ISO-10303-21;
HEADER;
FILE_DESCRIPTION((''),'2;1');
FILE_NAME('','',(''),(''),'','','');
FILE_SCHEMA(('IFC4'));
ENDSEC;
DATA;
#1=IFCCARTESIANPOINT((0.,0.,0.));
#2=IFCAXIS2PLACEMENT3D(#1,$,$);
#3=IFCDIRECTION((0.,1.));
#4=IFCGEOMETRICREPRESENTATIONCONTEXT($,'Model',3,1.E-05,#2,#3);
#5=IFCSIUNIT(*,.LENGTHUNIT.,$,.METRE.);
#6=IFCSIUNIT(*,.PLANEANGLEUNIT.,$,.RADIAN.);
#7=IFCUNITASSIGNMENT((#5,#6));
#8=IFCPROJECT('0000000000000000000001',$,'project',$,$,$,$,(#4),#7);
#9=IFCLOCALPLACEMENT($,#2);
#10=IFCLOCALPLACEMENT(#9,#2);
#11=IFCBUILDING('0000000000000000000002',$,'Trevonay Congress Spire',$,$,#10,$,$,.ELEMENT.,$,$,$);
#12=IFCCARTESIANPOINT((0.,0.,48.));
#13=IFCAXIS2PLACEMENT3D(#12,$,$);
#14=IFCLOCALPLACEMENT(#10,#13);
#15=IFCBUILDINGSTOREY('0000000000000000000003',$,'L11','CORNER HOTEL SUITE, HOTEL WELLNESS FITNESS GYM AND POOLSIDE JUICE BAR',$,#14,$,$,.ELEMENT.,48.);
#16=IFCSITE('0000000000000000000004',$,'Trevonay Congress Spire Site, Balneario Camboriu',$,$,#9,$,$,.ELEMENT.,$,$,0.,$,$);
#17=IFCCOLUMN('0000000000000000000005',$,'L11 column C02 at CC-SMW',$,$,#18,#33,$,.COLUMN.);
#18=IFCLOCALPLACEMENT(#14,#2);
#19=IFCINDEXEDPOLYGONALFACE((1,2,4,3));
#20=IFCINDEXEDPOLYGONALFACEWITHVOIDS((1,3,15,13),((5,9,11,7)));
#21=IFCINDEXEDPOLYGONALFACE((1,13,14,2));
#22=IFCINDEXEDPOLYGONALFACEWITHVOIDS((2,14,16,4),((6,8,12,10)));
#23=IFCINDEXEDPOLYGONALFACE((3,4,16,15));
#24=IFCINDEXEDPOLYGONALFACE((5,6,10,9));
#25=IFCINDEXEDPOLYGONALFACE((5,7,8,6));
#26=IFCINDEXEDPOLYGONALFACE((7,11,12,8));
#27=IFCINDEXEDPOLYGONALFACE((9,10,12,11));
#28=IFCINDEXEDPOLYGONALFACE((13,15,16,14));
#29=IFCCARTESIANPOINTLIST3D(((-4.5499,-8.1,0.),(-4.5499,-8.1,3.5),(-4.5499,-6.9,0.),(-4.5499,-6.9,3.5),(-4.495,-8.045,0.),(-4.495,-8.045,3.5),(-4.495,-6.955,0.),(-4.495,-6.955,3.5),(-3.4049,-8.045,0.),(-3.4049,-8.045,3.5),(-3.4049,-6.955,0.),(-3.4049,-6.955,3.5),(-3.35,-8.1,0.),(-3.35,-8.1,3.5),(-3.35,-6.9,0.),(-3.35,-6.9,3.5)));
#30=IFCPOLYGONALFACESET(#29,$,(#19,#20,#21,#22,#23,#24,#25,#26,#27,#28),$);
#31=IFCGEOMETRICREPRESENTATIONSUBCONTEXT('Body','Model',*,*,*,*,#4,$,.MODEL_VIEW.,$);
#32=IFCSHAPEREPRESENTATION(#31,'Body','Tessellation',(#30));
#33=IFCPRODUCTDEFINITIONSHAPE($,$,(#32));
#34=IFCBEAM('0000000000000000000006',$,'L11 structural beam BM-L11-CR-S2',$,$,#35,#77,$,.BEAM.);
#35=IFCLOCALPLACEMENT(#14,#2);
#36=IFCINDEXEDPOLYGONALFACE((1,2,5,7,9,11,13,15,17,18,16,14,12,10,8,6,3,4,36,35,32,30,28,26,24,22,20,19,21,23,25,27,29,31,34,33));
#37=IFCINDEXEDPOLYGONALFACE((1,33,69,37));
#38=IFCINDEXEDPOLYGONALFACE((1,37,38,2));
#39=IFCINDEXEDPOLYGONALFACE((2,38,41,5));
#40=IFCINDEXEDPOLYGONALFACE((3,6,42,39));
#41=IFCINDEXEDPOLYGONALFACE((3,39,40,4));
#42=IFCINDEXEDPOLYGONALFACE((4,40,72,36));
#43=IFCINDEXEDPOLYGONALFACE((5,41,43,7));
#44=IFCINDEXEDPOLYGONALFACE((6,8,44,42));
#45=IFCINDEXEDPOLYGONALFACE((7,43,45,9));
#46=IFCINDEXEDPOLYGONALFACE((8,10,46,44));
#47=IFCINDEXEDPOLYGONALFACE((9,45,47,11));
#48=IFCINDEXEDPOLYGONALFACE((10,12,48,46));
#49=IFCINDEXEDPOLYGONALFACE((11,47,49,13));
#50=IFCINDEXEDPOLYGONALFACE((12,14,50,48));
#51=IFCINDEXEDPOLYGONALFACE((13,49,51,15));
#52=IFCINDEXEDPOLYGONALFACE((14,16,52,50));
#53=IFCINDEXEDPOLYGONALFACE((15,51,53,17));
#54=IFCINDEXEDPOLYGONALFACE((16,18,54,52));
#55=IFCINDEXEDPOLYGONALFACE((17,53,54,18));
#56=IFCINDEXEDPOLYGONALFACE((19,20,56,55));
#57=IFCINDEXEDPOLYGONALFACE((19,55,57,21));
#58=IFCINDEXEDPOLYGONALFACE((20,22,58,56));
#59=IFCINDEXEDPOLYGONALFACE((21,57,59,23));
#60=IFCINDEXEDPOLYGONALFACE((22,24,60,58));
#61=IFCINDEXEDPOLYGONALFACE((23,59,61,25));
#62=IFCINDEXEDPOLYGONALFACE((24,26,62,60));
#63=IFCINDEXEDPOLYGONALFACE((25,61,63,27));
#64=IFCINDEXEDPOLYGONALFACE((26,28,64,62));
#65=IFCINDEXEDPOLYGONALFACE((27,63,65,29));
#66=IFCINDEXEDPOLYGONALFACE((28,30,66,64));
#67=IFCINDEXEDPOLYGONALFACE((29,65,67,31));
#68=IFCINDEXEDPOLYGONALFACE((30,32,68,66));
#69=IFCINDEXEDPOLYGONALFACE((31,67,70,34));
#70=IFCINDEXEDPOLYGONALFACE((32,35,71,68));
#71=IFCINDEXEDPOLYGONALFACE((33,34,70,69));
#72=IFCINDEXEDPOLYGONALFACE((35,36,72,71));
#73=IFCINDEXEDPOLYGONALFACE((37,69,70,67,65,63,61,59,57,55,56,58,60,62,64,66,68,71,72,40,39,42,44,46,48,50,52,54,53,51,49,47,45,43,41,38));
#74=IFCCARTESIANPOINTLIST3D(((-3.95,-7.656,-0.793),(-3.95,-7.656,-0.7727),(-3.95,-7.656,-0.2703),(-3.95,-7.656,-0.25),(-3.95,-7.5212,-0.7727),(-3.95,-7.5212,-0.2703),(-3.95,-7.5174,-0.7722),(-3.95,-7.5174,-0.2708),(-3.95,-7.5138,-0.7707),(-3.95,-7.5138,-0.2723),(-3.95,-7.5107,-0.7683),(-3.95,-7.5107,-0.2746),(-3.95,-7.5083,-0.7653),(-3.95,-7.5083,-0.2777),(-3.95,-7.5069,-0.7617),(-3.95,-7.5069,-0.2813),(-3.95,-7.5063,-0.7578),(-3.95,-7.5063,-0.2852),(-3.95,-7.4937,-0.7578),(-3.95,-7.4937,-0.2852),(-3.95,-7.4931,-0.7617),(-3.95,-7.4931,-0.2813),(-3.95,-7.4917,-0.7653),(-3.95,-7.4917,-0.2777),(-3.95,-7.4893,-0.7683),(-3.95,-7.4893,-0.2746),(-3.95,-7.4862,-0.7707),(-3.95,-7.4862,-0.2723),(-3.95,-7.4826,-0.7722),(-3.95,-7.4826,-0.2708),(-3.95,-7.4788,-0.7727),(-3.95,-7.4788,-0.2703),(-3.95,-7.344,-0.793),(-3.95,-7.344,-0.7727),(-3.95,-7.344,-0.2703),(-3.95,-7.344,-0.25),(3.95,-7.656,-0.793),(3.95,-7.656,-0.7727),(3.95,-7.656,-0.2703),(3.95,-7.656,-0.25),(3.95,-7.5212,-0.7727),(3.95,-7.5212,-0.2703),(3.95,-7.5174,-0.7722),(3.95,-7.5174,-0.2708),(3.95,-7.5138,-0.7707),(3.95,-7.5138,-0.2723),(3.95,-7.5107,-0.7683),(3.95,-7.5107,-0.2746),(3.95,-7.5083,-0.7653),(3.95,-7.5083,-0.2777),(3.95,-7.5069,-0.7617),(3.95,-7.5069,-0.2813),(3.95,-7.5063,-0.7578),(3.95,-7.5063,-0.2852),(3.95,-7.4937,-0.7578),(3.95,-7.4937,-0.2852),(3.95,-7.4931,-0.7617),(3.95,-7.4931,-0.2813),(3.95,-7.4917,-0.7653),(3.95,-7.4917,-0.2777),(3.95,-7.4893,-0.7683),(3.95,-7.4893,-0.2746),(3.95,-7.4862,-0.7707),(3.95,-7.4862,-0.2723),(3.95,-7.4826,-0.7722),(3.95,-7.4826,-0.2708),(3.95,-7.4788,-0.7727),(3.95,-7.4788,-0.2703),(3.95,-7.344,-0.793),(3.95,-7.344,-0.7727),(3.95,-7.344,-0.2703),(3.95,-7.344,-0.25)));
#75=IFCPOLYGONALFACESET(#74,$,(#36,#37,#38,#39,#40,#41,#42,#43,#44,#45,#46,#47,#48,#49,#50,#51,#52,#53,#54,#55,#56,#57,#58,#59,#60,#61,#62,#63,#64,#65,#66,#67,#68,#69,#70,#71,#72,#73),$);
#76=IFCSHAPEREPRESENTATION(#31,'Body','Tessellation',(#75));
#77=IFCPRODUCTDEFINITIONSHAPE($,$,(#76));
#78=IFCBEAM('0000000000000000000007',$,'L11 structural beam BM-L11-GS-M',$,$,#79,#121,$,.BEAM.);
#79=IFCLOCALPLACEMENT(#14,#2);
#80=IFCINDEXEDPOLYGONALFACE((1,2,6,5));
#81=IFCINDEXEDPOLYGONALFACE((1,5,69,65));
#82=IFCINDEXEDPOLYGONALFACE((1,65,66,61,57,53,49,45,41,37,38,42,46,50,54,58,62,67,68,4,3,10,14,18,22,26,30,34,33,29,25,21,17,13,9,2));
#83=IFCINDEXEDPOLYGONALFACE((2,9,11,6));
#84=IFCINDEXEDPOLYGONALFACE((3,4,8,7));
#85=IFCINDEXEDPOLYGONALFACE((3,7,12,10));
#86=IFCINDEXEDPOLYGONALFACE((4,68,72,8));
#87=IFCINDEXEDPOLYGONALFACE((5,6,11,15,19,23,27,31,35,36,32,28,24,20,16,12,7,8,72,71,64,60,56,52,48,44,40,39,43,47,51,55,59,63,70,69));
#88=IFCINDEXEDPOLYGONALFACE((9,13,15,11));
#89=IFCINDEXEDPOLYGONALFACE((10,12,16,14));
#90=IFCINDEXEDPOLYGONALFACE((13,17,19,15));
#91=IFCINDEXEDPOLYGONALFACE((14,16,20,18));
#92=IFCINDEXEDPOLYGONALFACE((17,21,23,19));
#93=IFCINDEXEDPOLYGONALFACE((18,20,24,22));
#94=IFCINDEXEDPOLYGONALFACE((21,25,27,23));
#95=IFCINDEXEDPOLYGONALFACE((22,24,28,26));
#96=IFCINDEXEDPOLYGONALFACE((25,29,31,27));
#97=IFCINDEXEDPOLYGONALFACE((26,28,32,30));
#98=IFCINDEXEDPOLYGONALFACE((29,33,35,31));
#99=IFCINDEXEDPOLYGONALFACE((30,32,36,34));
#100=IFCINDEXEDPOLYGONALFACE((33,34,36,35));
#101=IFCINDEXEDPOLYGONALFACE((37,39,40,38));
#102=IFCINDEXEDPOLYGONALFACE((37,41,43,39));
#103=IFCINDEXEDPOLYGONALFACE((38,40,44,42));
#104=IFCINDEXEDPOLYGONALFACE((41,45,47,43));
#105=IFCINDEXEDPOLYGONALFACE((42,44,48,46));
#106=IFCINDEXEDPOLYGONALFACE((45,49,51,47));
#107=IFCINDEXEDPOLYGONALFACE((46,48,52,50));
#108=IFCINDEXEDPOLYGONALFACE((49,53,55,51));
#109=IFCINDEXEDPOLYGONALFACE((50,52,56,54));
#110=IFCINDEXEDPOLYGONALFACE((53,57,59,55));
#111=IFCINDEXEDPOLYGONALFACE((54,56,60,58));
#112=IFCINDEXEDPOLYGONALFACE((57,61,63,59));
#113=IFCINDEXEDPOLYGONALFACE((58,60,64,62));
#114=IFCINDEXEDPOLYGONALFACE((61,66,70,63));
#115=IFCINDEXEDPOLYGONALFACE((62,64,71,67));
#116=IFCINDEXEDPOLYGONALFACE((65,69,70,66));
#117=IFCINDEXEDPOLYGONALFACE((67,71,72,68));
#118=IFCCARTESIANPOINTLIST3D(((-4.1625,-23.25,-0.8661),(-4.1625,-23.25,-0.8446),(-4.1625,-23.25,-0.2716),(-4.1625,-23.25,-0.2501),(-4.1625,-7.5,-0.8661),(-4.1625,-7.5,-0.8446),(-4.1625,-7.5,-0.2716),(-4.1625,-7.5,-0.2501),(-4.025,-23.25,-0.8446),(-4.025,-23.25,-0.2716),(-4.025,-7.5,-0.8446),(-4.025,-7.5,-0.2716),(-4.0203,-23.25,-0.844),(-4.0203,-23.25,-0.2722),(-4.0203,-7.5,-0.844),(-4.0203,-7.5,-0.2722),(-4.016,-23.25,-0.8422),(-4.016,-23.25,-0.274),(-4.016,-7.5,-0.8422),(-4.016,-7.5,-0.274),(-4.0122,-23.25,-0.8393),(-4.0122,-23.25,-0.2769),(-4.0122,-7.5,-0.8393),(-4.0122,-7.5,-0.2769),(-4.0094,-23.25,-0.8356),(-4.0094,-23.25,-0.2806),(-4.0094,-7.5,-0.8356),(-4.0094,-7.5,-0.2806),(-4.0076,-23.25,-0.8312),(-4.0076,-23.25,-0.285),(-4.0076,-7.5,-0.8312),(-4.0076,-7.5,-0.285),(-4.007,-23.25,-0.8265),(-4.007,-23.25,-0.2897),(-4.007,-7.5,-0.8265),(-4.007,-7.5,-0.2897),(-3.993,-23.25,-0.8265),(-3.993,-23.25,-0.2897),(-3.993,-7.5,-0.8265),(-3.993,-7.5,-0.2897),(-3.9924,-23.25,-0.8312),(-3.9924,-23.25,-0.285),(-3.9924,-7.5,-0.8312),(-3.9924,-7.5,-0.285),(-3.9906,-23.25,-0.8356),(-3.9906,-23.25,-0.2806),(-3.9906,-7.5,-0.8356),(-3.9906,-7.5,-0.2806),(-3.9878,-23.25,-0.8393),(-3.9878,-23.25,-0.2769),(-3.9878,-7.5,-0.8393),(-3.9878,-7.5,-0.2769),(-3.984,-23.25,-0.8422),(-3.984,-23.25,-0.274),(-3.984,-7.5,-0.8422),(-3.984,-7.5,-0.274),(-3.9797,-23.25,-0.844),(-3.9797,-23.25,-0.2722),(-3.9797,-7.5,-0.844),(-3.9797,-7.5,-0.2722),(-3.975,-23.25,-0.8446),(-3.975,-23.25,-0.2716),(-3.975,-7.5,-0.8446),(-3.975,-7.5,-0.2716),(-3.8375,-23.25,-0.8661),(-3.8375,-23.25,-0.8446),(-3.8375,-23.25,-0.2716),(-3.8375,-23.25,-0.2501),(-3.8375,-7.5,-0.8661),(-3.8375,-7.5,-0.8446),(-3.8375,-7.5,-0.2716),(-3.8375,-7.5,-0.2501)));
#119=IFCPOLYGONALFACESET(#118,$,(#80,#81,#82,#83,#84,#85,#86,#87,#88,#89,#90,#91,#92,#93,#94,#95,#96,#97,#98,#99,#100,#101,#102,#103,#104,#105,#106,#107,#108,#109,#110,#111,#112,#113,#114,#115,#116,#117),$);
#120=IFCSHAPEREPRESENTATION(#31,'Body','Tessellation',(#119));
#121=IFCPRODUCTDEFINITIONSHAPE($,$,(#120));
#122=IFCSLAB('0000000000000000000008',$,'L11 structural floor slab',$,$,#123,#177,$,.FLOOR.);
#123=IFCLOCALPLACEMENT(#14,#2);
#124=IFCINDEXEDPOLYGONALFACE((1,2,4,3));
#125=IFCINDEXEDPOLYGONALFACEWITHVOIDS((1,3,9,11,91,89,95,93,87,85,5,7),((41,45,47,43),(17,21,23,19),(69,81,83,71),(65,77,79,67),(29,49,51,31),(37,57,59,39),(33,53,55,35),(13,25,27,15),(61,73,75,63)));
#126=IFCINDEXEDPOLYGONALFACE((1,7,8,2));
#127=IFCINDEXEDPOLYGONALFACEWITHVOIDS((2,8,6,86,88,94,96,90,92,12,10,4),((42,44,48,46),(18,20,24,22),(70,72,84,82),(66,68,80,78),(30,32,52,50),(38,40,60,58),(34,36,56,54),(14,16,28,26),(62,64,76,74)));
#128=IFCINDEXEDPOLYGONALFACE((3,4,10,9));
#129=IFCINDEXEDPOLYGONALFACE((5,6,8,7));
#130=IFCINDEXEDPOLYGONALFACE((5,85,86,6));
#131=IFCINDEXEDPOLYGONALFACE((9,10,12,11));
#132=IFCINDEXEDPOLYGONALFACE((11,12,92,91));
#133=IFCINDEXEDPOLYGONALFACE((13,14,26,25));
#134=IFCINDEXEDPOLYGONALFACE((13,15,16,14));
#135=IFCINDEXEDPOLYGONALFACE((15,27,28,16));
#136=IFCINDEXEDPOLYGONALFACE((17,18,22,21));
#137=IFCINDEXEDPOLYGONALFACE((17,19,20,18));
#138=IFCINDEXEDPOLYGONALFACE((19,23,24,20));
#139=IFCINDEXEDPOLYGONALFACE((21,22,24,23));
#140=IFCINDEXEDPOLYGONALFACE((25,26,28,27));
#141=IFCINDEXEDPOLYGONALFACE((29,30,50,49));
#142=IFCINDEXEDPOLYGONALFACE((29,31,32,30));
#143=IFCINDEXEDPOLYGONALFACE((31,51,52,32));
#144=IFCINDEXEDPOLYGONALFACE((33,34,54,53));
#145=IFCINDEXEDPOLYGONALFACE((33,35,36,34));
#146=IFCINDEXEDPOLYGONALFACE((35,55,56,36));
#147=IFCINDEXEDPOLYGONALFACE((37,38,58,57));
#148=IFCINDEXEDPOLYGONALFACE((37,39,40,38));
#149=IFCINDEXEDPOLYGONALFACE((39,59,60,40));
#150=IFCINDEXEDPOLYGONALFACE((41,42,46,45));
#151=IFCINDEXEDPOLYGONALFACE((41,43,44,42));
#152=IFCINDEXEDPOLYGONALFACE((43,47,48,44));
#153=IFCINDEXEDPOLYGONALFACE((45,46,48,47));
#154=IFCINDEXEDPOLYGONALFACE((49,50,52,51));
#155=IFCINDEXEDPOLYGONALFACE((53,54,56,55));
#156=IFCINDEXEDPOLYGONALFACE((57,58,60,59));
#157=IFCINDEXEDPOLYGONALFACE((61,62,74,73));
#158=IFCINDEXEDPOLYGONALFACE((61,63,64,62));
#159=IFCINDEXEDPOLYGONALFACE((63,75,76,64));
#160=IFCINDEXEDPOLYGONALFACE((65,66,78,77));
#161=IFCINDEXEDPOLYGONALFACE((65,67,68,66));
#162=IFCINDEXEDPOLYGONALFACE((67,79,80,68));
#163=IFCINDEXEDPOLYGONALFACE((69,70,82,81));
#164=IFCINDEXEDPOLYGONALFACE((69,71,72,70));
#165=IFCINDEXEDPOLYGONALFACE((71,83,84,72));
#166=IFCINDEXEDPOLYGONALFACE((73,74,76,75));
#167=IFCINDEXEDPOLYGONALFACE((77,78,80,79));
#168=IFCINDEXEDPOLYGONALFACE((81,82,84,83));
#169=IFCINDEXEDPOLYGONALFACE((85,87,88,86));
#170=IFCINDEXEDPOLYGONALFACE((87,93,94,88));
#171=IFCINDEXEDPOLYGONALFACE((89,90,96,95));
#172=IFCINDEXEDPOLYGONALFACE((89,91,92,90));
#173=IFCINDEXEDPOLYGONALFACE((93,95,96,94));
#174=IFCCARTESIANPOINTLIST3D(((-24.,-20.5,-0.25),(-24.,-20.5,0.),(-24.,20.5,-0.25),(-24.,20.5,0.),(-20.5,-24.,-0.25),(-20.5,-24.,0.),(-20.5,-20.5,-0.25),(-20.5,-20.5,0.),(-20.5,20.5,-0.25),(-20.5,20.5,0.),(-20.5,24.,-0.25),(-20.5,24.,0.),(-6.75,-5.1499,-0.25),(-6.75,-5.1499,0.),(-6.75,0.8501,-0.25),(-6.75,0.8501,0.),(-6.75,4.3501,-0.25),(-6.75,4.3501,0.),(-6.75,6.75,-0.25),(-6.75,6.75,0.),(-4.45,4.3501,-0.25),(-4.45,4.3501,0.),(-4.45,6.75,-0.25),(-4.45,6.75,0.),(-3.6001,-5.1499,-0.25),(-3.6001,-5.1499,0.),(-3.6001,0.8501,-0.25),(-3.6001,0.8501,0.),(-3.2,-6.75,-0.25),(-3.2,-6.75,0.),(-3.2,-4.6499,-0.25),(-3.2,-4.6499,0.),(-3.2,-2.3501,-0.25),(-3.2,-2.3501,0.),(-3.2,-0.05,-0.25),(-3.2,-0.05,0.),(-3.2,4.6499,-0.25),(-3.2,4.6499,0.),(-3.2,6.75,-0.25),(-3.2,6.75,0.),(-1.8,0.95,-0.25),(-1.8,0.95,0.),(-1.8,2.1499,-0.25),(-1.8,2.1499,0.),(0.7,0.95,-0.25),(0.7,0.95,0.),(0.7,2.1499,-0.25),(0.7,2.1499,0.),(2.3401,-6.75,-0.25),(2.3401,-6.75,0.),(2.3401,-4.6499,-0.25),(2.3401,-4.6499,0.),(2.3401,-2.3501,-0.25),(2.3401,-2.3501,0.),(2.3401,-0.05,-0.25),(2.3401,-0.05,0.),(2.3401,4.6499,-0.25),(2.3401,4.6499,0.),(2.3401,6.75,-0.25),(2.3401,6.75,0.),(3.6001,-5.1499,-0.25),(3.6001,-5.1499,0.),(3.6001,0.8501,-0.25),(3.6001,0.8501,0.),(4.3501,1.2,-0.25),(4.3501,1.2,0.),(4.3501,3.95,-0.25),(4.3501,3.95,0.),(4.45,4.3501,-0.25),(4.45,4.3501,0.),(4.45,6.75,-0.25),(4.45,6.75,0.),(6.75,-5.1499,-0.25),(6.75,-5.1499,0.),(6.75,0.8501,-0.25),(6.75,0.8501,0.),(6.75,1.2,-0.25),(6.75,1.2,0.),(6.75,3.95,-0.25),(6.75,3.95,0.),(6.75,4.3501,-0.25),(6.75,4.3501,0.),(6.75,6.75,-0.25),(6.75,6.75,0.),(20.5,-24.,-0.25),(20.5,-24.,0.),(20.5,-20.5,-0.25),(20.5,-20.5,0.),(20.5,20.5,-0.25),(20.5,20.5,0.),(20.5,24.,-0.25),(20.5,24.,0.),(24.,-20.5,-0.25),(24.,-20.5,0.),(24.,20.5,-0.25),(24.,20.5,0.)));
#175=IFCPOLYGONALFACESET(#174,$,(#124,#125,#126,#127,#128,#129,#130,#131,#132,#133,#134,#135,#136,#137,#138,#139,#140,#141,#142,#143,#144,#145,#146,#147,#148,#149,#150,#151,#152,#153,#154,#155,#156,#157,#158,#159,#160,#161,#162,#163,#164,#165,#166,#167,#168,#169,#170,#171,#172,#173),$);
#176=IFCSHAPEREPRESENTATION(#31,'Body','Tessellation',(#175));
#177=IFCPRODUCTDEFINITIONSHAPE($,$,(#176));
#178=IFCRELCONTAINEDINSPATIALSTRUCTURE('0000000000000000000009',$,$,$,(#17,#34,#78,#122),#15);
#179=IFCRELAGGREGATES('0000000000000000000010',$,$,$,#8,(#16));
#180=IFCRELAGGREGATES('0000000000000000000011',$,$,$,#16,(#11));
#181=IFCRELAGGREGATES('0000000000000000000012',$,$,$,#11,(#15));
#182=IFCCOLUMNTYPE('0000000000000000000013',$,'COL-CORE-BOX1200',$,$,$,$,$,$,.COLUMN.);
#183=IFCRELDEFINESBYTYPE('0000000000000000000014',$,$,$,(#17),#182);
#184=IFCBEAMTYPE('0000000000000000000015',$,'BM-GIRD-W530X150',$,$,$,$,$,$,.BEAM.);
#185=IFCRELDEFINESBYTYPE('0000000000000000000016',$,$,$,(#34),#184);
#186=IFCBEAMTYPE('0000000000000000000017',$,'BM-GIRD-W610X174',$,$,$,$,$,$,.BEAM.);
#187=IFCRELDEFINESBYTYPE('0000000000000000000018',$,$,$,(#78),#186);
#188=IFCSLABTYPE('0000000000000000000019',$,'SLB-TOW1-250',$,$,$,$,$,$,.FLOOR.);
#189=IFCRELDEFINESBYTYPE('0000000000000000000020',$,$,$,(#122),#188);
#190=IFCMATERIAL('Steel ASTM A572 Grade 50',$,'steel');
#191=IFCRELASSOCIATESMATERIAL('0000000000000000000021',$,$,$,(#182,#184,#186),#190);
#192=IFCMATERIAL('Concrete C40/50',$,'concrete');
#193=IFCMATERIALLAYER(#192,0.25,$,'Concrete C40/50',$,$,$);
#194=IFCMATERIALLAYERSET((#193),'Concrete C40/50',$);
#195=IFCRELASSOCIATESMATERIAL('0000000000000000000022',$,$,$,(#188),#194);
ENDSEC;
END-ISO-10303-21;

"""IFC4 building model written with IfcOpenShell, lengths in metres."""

from ifc_helpers import new_model, si_unit, direction, frame, origin, origin_2d, place, context, subcontext, project, spatial, polyline, hollow_rectangle, i_section, outline, extrude, material, layer, layer_set, material_profile, profile_set, type_object, element, save


model = new_model("IFC4")

# Units and contexts
model_context = context("Model", 3, precision=1e-05, world=origin(), true_north=direction((0.0, 1.0)))
body_context = subcontext(model_context, "Body", "Model", "MODEL_VIEW")
ifc_project = project(units=[si_unit("LENGTHUNIT", "METRE"), si_unit("PLANEANGLEUNIT", "RADIAN")], contexts=[model_context])

# Site, building, storey
site_placement = place(None, origin())
site = spatial("IfcSite", under=ifc_project, at=site_placement, Name="Trevonay Congress Spire Site, Balneario Camboriu", CompositionType="ELEMENT", RefElevation=0.0)
building_placement = place(site_placement, origin())
building = spatial("IfcBuilding", under=site, at=building_placement, Name="Trevonay Congress Spire", CompositionType="ELEMENT")
storey_placement = place(building_placement, frame((0.0, 0.0, 48.0)))
storey = spatial("IfcBuildingStorey", under=building, at=storey_placement, Name="L11", Description="CORNER HOTEL SUITE, HOTEL WELLNESS FITNESS GYM AND POOLSIDE JUICE BAR", CompositionType="ELEMENT", Elevation=48.0)

# Column
ifc_material_1 = material(Name="Steel ASTM A572 Grade 50", Category="steel")
ifc_material_profile_1 = material_profile(ifc_material_1, hollow_rectangle(XDim=1.2, YDim=1.2, WallThickness=0.0549, at=origin_2d()), Name="BOX 1200x1200x55")
ifc_profile_set_1 = profile_set([ifc_material_profile_1], Name="Steel ASTM A572 Grade 50")
column_type = type_object("IfcColumnType", Name="COL-CORE-BOX1200", PredefinedType="COLUMN", material=ifc_profile_set_1)
column_placement = place(storey_placement, frame((-3.95, -7.5, 0.0), z_axis=(0.0, 0.0, 1.0), x_axis=(1.0, 0.0, 0.0)))
element("IfcColumn", 1, at=column_placement, inside=storey, type_object=column_type, Name="L11 column C02 at CC-SMW", PredefinedType="COLUMN", context=body_context, shape_type="SweptSolid", body=[
    extrude(hollow_rectangle(XDim=1.2, YDim=1.2, WallThickness=0.0549, at=origin_2d()), origin(), (0.0, 0.0, 1.0), 3.5),
])

# Beams
ifc_material_profile_2 = material_profile(ifc_material_1, i_section(OverallWidth=0.312, OverallDepth=0.543, WebThickness=0.0127, FlangeThickness=0.0203, FilletRadius=0.0149, at=origin_2d()), Name="W530x150")
ifc_profile_set_2 = profile_set([ifc_material_profile_2], Name="Steel ASTM A572 Grade 50")
beam_type_1 = type_object("IfcBeamType", Name="BM-GIRD-W530X150", PredefinedType="BEAM", material=ifc_profile_set_2)
beam_1_placement = place(storey_placement, frame((-3.95, -7.5, -0.5215), z_axis=(1.0, 0.0, 0.0), x_axis=(0.0, 1.0, 0.0)))
element("IfcBeam", 2, at=beam_1_placement, inside=storey, type_object=beam_type_1, Name="L11 structural beam BM-L11-CR-S2", PredefinedType="BEAM", context=body_context, shape_type="SweptSolid", body=[
    extrude(i_section(OverallWidth=0.312, OverallDepth=0.543, WebThickness=0.0127, FlangeThickness=0.0203, FilletRadius=0.0149, at=origin_2d()), origin(), (0.0, 0.0, 1.0), 7.8999),
])
ifc_material_profile_3 = material_profile(ifc_material_1, i_section(OverallWidth=0.325, OverallDepth=0.616, WebThickness=0.0139, FlangeThickness=0.0215, FilletRadius=0.0181, at=origin_2d()), Name="W610x174")
ifc_profile_set_3 = profile_set([ifc_material_profile_3], Name="Steel ASTM A572 Grade 50")
beam_type_2 = type_object("IfcBeamType", Name="BM-GIRD-W610X174", PredefinedType="BEAM", material=ifc_profile_set_3)
beam_2_placement = place(storey_placement, frame((-4.0, -7.5, -0.5581), z_axis=(0.0, -1.0, 0.0), x_axis=(1.0, 0.0, 0.0)))
element("IfcBeam", 3, at=beam_2_placement, inside=storey, type_object=beam_type_2, Name="L11 structural beam BM-L11-GS-M", PredefinedType="BEAM", context=body_context, shape_type="SweptSolid", body=[
    extrude(i_section(OverallWidth=0.325, OverallDepth=0.616, WebThickness=0.0139, FlangeThickness=0.0215, FilletRadius=0.0181, at=origin_2d()), origin(), (0.0, 0.0, 1.0), 15.75),
])

# Slab
ifc_material_2 = material(Name="Concrete C40/50", Category="concrete")
ifc_layer_1 = layer(ifc_material_2, 0.25, Name="Concrete C40/50")
ifc_layer_set_1 = layer_set([ifc_layer_1], Name="Concrete C40/50")
slab_type_1 = type_object("IfcSlabType", Name="SLB-TOW1-250", PredefinedType="FLOOR", material=ifc_layer_set_1)
slab_1_placement = place(storey_placement, frame((0.0, 0.0, -0.25)))
element("IfcSlab", 4, at=slab_1_placement, inside=storey, type_object=slab_type_1, Name="L11 structural floor slab", PredefinedType="FLOOR", context=body_context, shape_type="SweptSolid", body=[
    extrude(outline(polyline([(-20.5, -24.0), (20.5, -24.0), (20.5, -20.5), (24.0, -20.5), (24.0, 20.5), (20.5, 20.5), (20.5, 24.0), (-20.5, 24.0), (-20.5, 20.5), (-24.0, 20.5), (-24.0, -20.5), (-20.5, -20.5), (-20.5, -24.0)]), holes=[polyline([(-3.6001, -5.1499), (-3.6001, 0.8501), (-6.75, 0.8501), (-6.75, -5.1499), (-3.6001, -5.1499)]), polyline([(6.75, -5.1499), (6.75, 0.8501), (3.6001, 0.8501), (3.6001, -5.1499), (6.75, -5.1499)]), polyline([(-3.2, -6.75), (2.3401, -6.75), (2.3401, -4.6499), (-3.2, -4.6499), (-3.2, -6.75)]), polyline([(-3.2, -2.3501), (2.3401, -2.3501), (2.3401, -0.05), (-3.2, -0.05), (-3.2, -2.3501)]), polyline([(-3.2, 4.6499), (2.3401, 4.6499), (2.3401, 6.75), (-3.2, 6.75), (-3.2, 4.6499)]), polyline([(-6.75, 4.3501), (-4.45, 4.3501), (-4.45, 6.75), (-6.75, 6.75), (-6.75, 4.3501)]), polyline([(4.45, 4.3501), (6.75, 4.3501), (6.75, 6.75), (4.45, 6.75), (4.45, 4.3501)]), polyline([(4.3501, 1.2), (6.75, 1.2), (6.75, 3.95), (4.3501, 3.95), (4.3501, 1.2)]), polyline([(-1.8, 0.95), (0.7, 0.95), (0.7, 2.1499), (-1.8, 2.1499), (-1.8, 0.95)])]), origin(), (0.0, 0.0, 1.0), 0.25),
])

save(model, "model.ifc")
